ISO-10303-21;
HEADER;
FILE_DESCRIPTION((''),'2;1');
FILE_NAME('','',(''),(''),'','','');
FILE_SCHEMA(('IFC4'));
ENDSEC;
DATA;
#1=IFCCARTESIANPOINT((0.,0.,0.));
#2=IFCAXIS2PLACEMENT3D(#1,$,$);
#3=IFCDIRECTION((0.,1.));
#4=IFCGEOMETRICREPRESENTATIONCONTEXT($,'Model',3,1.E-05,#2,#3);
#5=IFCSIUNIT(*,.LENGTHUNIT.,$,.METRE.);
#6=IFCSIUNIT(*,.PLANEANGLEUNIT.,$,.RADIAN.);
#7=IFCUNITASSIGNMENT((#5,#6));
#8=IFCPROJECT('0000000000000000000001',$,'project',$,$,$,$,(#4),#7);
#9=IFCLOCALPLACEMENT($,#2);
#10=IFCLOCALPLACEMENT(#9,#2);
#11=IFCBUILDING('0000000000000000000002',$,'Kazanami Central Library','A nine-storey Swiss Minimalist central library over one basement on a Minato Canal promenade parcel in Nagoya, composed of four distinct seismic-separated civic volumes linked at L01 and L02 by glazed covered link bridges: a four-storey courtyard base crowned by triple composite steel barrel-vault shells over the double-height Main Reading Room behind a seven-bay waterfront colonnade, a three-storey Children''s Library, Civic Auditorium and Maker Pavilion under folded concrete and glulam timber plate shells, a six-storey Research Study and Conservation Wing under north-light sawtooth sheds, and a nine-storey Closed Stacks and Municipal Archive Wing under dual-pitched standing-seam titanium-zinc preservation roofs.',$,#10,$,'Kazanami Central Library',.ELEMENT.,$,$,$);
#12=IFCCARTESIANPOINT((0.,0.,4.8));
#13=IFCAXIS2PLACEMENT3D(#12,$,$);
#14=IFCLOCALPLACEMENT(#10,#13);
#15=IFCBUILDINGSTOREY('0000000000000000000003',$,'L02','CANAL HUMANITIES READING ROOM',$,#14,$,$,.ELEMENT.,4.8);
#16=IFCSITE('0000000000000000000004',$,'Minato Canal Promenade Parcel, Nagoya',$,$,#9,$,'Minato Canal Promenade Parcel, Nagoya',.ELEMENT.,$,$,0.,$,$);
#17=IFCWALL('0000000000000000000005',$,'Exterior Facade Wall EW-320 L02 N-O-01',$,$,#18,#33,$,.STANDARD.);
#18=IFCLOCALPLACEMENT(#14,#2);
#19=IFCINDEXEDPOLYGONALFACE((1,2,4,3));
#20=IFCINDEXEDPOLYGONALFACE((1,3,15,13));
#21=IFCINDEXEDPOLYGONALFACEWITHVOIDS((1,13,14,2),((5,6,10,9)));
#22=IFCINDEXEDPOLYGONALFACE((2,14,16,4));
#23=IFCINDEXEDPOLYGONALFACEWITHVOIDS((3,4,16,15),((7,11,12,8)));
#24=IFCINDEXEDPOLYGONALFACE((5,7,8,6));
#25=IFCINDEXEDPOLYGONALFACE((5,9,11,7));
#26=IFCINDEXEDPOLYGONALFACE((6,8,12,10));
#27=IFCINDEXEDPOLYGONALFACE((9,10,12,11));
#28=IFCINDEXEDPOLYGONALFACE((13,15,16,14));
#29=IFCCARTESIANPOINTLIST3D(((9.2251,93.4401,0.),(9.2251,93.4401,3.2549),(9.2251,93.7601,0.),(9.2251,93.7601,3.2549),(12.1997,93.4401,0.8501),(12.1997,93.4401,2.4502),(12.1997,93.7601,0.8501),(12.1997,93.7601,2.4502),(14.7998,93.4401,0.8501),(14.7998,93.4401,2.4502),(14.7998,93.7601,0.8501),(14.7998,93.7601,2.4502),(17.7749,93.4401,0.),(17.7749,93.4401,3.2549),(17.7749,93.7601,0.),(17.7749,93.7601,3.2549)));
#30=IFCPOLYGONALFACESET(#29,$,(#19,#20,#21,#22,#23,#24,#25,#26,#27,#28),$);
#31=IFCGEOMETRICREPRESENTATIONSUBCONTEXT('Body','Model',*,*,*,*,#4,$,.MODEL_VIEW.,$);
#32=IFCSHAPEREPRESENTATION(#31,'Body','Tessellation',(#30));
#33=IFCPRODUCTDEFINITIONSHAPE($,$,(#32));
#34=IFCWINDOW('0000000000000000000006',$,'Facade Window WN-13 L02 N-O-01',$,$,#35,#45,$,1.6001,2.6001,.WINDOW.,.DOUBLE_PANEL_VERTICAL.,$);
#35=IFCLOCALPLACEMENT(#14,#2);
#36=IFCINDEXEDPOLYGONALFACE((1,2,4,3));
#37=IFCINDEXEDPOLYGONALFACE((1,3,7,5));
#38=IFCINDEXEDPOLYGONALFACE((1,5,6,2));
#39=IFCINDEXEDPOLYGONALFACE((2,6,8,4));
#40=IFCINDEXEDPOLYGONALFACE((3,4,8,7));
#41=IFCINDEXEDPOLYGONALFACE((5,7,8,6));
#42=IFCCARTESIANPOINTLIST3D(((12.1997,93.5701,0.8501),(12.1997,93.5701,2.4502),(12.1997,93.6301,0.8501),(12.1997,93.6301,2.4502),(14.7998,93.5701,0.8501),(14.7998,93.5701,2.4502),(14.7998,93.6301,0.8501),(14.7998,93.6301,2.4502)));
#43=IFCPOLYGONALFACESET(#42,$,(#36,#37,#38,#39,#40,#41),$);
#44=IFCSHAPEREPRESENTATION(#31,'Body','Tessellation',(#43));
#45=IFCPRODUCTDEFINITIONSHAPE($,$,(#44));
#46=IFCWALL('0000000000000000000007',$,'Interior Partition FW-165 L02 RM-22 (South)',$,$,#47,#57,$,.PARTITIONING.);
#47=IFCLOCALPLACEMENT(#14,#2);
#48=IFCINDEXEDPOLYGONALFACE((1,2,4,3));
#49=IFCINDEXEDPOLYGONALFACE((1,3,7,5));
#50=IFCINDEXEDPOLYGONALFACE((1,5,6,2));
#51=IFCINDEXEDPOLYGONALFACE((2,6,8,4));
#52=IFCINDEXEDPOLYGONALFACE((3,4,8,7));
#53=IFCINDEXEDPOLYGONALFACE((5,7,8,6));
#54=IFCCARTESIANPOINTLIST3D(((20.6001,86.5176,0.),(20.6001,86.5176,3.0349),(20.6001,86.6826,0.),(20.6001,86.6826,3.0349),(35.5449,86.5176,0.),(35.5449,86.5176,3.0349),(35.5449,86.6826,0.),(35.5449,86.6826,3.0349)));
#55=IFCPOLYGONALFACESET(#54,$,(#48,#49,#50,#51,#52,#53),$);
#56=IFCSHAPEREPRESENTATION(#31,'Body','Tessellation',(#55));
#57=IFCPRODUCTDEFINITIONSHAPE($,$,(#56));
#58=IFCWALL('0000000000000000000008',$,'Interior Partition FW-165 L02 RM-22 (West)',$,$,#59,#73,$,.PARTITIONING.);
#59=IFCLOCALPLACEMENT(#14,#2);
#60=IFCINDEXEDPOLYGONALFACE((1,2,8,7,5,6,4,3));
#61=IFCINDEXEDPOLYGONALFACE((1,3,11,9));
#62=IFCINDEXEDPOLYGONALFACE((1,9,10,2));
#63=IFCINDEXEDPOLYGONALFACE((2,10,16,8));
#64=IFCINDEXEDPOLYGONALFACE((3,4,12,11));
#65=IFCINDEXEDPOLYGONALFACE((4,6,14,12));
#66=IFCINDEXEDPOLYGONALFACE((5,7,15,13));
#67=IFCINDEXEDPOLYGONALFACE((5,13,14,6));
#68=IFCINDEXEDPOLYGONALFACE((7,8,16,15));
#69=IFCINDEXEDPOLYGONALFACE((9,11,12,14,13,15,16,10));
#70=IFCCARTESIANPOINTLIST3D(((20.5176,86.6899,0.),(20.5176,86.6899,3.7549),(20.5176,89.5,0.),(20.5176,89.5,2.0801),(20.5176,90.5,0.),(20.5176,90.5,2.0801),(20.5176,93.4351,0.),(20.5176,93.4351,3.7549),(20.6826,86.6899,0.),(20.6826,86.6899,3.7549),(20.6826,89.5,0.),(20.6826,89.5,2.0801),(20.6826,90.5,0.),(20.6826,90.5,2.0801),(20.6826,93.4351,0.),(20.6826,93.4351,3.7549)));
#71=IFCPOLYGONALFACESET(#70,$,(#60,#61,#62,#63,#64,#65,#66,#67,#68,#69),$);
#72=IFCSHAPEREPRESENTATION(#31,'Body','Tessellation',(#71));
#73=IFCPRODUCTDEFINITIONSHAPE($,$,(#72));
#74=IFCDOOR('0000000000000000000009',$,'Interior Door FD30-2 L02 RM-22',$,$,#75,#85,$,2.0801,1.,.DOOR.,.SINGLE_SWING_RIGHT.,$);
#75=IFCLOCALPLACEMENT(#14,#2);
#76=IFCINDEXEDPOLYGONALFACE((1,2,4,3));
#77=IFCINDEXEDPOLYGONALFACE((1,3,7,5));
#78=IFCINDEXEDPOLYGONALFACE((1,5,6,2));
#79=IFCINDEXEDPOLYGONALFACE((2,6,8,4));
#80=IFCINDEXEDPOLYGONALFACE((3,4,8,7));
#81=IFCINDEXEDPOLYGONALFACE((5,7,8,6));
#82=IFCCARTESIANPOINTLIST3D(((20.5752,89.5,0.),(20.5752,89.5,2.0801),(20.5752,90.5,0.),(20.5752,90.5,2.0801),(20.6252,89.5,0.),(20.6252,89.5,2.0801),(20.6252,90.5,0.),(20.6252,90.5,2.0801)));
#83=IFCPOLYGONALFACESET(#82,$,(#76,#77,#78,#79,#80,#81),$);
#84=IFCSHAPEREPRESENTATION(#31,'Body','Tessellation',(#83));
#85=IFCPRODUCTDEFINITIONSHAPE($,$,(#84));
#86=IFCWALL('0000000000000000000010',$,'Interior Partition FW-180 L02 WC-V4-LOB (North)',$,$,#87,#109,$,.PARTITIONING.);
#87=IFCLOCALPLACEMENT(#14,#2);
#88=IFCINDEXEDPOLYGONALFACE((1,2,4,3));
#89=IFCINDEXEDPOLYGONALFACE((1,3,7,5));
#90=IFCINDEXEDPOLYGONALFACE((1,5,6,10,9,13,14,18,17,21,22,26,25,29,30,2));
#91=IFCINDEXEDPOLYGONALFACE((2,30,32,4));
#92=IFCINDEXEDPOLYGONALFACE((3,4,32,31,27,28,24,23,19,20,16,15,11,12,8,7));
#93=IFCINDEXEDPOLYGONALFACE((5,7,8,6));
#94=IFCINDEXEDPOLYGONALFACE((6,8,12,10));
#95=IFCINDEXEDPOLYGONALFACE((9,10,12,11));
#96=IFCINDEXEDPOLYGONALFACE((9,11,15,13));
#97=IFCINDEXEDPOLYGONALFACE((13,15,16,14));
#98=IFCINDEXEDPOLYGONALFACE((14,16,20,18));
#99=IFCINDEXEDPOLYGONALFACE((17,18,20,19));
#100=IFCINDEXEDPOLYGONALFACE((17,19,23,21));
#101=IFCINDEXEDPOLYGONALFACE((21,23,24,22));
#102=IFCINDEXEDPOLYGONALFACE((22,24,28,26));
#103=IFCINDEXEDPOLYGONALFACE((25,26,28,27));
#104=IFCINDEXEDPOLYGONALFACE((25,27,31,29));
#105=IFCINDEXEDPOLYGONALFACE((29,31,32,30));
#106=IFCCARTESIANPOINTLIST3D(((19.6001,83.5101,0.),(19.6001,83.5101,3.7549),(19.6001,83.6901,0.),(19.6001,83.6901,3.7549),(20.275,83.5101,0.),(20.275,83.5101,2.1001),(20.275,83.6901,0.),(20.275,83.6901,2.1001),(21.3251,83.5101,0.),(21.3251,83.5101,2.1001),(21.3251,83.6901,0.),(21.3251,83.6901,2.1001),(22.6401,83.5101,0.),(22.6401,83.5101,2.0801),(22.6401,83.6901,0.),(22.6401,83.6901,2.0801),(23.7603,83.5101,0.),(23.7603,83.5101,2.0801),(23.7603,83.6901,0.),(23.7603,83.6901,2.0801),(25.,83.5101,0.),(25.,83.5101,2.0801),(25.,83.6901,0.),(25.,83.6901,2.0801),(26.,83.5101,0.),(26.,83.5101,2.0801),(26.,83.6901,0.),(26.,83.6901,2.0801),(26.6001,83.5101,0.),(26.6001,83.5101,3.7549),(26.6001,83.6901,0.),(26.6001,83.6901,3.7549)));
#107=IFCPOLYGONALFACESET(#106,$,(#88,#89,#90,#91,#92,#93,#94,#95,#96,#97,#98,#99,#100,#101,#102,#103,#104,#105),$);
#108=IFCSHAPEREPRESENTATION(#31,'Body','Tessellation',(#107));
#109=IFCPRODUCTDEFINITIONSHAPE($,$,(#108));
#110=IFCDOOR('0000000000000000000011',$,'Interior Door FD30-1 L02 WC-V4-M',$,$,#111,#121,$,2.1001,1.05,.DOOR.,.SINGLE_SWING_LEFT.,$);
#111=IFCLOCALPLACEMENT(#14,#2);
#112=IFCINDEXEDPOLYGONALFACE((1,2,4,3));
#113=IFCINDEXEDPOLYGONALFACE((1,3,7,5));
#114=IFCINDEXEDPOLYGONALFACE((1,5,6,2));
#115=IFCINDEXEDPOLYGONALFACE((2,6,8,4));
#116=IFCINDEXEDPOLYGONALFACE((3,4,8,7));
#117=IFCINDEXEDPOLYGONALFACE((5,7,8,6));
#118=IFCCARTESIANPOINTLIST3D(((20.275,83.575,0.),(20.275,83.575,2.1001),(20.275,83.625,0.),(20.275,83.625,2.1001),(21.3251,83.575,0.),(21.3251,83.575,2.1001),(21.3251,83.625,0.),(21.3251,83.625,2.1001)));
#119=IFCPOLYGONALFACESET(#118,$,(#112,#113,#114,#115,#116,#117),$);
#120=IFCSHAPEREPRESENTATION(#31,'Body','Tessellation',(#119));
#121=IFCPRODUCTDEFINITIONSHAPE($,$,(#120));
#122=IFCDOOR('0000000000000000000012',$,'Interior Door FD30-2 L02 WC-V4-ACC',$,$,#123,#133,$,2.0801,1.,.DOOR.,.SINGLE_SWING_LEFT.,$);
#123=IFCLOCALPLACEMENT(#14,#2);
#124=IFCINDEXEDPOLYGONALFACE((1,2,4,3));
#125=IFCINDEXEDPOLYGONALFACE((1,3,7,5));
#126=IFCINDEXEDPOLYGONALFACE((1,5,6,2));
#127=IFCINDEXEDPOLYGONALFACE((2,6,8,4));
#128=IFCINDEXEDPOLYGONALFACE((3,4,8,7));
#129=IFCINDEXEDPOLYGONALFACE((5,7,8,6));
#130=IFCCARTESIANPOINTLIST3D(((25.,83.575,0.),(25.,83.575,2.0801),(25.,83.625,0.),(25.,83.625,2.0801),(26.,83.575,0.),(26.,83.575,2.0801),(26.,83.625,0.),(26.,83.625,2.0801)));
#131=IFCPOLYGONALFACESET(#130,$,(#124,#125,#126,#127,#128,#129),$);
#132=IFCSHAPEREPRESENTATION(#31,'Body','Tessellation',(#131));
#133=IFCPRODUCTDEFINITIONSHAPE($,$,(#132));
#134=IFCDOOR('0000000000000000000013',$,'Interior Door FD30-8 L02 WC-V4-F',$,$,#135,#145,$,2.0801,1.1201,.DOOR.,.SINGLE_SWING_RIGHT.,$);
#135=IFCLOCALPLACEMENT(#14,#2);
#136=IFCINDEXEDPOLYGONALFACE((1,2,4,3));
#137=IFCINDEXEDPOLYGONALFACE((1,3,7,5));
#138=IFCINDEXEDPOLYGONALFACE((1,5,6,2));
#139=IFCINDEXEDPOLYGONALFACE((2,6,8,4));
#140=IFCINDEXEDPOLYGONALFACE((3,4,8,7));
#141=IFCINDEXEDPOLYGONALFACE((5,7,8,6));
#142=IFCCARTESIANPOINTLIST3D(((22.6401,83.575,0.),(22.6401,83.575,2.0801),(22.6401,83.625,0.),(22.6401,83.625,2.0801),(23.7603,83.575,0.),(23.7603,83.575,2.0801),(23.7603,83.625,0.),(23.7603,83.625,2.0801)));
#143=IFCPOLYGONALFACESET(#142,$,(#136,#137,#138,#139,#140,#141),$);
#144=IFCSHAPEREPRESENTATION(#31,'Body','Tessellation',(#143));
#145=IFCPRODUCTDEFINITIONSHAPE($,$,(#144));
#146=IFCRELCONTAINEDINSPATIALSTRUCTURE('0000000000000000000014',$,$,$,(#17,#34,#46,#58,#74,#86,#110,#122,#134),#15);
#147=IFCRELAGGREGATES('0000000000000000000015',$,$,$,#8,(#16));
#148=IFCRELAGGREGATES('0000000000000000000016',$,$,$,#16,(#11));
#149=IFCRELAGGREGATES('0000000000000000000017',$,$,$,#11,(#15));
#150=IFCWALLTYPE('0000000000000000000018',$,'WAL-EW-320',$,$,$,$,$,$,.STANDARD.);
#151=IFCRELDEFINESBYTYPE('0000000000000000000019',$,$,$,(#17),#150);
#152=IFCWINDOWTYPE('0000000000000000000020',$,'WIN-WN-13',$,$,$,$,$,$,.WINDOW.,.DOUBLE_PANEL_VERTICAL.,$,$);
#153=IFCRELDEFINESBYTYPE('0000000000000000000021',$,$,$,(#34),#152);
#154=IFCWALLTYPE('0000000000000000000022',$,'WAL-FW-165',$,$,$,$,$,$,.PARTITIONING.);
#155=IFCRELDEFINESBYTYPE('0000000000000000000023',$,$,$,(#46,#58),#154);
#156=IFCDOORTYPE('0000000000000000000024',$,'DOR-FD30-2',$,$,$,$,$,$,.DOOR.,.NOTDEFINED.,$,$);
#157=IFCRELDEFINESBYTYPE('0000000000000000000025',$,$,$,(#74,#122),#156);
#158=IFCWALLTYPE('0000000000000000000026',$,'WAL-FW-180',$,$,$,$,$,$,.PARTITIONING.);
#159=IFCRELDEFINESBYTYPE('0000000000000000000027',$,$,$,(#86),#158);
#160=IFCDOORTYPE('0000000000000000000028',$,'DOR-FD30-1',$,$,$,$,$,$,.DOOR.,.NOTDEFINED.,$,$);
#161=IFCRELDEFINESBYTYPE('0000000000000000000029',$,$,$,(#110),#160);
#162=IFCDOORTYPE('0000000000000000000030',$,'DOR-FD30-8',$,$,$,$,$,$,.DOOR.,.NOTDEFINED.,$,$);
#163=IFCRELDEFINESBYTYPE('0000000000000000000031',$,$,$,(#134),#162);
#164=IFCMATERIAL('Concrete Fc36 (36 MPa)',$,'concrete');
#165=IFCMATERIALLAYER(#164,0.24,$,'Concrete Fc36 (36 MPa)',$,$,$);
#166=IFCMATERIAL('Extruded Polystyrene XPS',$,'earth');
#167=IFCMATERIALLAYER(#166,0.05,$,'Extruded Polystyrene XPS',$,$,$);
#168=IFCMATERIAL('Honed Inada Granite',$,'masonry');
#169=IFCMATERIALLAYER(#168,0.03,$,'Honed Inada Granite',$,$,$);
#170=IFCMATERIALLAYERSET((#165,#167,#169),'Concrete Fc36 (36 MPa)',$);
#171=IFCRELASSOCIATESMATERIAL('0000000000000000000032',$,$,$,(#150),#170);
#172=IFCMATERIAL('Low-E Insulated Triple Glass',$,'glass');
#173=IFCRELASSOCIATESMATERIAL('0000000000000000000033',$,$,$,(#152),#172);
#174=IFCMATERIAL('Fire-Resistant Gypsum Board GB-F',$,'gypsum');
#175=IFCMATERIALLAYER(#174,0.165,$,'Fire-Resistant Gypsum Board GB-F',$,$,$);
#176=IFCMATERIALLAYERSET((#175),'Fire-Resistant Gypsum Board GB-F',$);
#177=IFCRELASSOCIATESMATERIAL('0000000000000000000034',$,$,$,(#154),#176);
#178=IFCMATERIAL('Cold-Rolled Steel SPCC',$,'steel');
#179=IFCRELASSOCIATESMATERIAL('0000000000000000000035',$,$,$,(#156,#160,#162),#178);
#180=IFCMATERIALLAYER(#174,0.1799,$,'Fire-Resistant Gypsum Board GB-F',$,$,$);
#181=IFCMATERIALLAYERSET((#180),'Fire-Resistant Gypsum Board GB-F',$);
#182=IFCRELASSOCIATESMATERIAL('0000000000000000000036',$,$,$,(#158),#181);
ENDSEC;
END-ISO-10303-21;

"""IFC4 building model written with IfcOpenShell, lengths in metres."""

from ifc_helpers import new_model, si_unit, direction, frame, frame_2d, origin, place, context, subcontext, project, spatial, rectangle, extrude, material, layer, layer_set, type_object, element, fill, save


model = new_model("IFC4")

# Units and contexts
model_context = context("Model", 3, precision=1e-05, world=origin(), true_north=direction((0.0, 1.0)))
body_context = subcontext(model_context, "Body", "Model", "MODEL_VIEW")
ifc_project = project(units=[si_unit("LENGTHUNIT", "METRE"), si_unit("PLANEANGLEUNIT", "RADIAN")], contexts=[model_context])

# Site, building, storey
site_placement = place(None, origin())
site = spatial("IfcSite", under=ifc_project, at=site_placement, Name="Minato Canal Promenade Parcel, Nagoya", LongName="Minato Canal Promenade Parcel, Nagoya", CompositionType="ELEMENT", RefElevation=0.0)
building_placement = place(site_placement, origin())
building = spatial("IfcBuilding", under=site, at=building_placement, Name="Kazanami Central Library", Description="A nine-storey Swiss Minimalist central library over one basement on a Minato Canal promenade parcel in Nagoya, composed of four distinct seismic-separated civic volumes linked at L01 and L02 by glazed covered link bridges: a four-storey courtyard base crowned by triple composite steel barrel-vault shells over the double-height Main Reading Room behind a seven-bay waterfront colonnade, a three-storey Children's Library, Civic Auditorium and Maker Pavilion under folded concrete and glulam timber plate shells, a six-storey Research Study and Conservation Wing under north-light sawtooth sheds, and a nine-storey Closed Stacks and Municipal Archive Wing under dual-pitched standing-seam titanium-zinc preservation roofs.", LongName="Kazanami Central Library", CompositionType="ELEMENT")
storey_placement = place(building_placement, frame((0.0, 0.0, 4.8)))
storey = spatial("IfcBuildingStorey", under=building, at=storey_placement, Name="L02", Description="CANAL HUMANITIES READING ROOM", CompositionType="ELEMENT", Elevation=4.8)

# Wall, opening, window
ifc_material_1 = material(Name="Concrete Fc36 (36 MPa)", Category="concrete")
ifc_layer_1 = layer(ifc_material_1, 0.24, Name="Concrete Fc36 (36 MPa)")
ifc_material_2 = material(Name="Extruded Polystyrene XPS", Category="earth")
ifc_layer_2 = layer(ifc_material_2, 0.05, Name="Extruded Polystyrene XPS")
ifc_material_3 = material(Name="Honed Inada Granite", Category="masonry")
ifc_layer_3 = layer(ifc_material_3, 0.03, Name="Honed Inada Granite")
ifc_layer_set_1 = layer_set([ifc_layer_1, ifc_layer_2, ifc_layer_3], Name="Concrete Fc36 (36 MPa)")
wall_type_1 = type_object("IfcWallType", Name="WAL-EW-320", PredefinedType="STANDARD", material=ifc_layer_set_1)
wall_1_placement = place(storey_placement, frame((17.7749, 93.6001, 0.0), z_axis=(0.0, 0.0, 1.0), x_axis=(-1.0, 0.0, 0.0)))
wall_1 = element("IfcWall", 1, at=wall_1_placement, inside=storey, type_object=wall_type_1, Name="Exterior Facade Wall EW-320 L02 N-O-01", PredefinedType="STANDARD", context=body_context, shape_type="SweptSolid", body=[
    extrude(rectangle(XDim=8.5498, YDim=0.3201, at=frame_2d((4.2749, 0.0))), origin(), (0.0, 0.0, 1.0), 3.2549),
])
opening_1_placement = place(wall_1_placement, frame((2.9751, 0.0, 0.8501)))
opening_1 = element("IfcOpeningElement", 2, at=opening_1_placement, cuts=wall_1, PredefinedType="OPENING", context=body_context, shape_type="SweptSolid", body=[
    extrude(rectangle(XDim=2.6001, YDim=1.6001, at=frame_2d((1.3, 0.8))), frame((0.0, 0.1719, 0.0), z_axis=(0.0, -1.0, 0.0), x_axis=(1.0, 0.0, 0.0)), (0.0, 0.0, 1.0), 0.344),
])
ifc_material_4 = material(Name="Low-E Insulated Triple Glass", Category="glass")
window_type = type_object("IfcWindowType", Name="WIN-WN-13", PartitioningType="DOUBLE_PANEL_VERTICAL", PredefinedType="WINDOW", material=ifc_material_4)
window_placement = place(opening_1_placement, origin())
window = element("IfcWindow", 3, at=window_placement, inside=storey, type_object=window_type, Name="Facade Window WN-13 L02 N-O-01", OverallHeight=1.6001, OverallWidth=2.6001, PartitioningType="DOUBLE_PANEL_VERTICAL", PredefinedType="WINDOW", context=body_context, shape_type="SweptSolid", body=[
    extrude(rectangle(XDim=2.6001, YDim=1.6001, at=frame_2d((1.3, 0.8))), frame((0.0, 0.03, 0.0), z_axis=(0.0, -1.0, 0.0), x_axis=(1.0, 0.0, 0.0)), (0.0, 0.0, 1.0), 0.0601),
])
fill(opening_1, window)

# Wall
ifc_material_5 = material(Name="Fire-Resistant Gypsum Board GB-F", Category="gypsum")
ifc_layer_4 = layer(ifc_material_5, 0.165, Name="Fire-Resistant Gypsum Board GB-F")
ifc_layer_set_2 = layer_set([ifc_layer_4], Name="Fire-Resistant Gypsum Board GB-F")
wall_type_2 = type_object("IfcWallType", Name="WAL-FW-165", PredefinedType="PARTITIONING", material=ifc_layer_set_2)
wall_2_placement = place(storey_placement, frame((20.6001, 86.6001, 0.0), z_axis=(0.0, 0.0, 1.0), x_axis=(1.0, 0.0, 0.0)))
element("IfcWall", 4, at=wall_2_placement, inside=storey, type_object=wall_type_2, Name="Interior Partition FW-165 L02 RM-22 (South)", PredefinedType="PARTITIONING", context=body_context, shape_type="SweptSolid", body=[
    extrude(rectangle(XDim=14.9448, YDim=0.165, at=frame_2d((7.4724, 0.0))), origin(), (0.0, 0.0, 1.0), 3.0349),
])

# Wall, opening, door
wall_3_placement = place(storey_placement, frame((20.6001, 86.6899, 0.0), z_axis=(0.0, 0.0, 1.0), x_axis=(0.0, 1.0, 0.0)))
wall_3 = element("IfcWall", 5, at=wall_3_placement, inside=storey, type_object=wall_type_2, Name="Interior Partition FW-165 L02 RM-22 (West)", PredefinedType="PARTITIONING", context=body_context, shape_type="SweptSolid", body=[
    extrude(rectangle(XDim=6.7451, YDim=0.165, at=frame_2d((3.3726, 0.0))), origin(), (0.0, 0.0, 1.0), 3.7549),
])
opening_2_placement = place(wall_3_placement, frame((2.8101, 0.0, 0.0)))
opening_2 = element("IfcOpeningElement", 6, at=opening_2_placement, cuts=wall_3, PredefinedType="OPENING", context=body_context, shape_type="SweptSolid", body=[
    extrude(rectangle(XDim=1.0, YDim=2.0801, at=frame_2d((0.5, 1.04))), frame((0.0, 0.0945, 0.0), z_axis=(0.0, -1.0, 0.0), x_axis=(1.0, 0.0, 0.0)), (0.0, 0.0, 1.0), 0.189),
])
ifc_material_6 = material(Name="Cold-Rolled Steel SPCC", Category="steel")
door_type_1 = type_object("IfcDoorType", Name="DOR-FD30-2", OperationType="NOTDEFINED", PredefinedType="DOOR", material=ifc_material_6)
door_1_placement = place(opening_2_placement, origin())
door_1 = element("IfcDoor", 7, at=door_1_placement, inside=storey, type_object=door_type_1, Name="Interior Door FD30-2 L02 RM-22", OperationType="SINGLE_SWING_RIGHT", OverallHeight=2.0801, OverallWidth=1.0, PredefinedType="DOOR", context=body_context, shape_type="SweptSolid", body=[
    extrude(rectangle(XDim=1.0, YDim=2.0801, at=frame_2d((0.5, 1.04))), frame((0.0, 0.0249, 0.0), z_axis=(0.0, -1.0, 0.0), x_axis=(1.0, 0.0, 0.0)), (0.0, 0.0, 1.0), 0.05),
])
fill(opening_2, door_1)

# Wall, openings, doors
ifc_layer_5 = layer(ifc_material_5, 0.1799, Name="Fire-Resistant Gypsum Board GB-F")
ifc_layer_set_3 = layer_set([ifc_layer_5], Name="Fire-Resistant Gypsum Board GB-F")
wall_type_3 = type_object("IfcWallType", Name="WAL-FW-180", PredefinedType="PARTITIONING", material=ifc_layer_set_3)
wall_4_placement = place(storey_placement, frame((19.6001, 83.6001, 0.0), z_axis=(0.0, 0.0, 1.0), x_axis=(1.0, 0.0, 0.0)))
wall_4 = element("IfcWall", 8, at=wall_4_placement, inside=storey, type_object=wall_type_3, Name="Interior Partition FW-180 L02 WC-V4-LOB (North)", PredefinedType="PARTITIONING", context=body_context, shape_type="SweptSolid", body=[
    extrude(rectangle(XDim=7.0, YDim=0.1799, at=frame_2d((3.5, 0.0))), origin(), (0.0, 0.0, 1.0), 3.7549),
])
opening_3_placement = place(wall_4_placement, frame((0.675, 0.0, 0.0)))
opening_3 = element("IfcOpeningElement", 9, at=opening_3_placement, cuts=wall_4, PredefinedType="OPENING", context=body_context, shape_type="SweptSolid", body=[
    extrude(rectangle(XDim=1.05, YDim=2.1001, at=frame_2d((0.5249, 1.05))), frame((0.0, 0.1021, 0.0), z_axis=(0.0, -1.0, 0.0), x_axis=(1.0, 0.0, 0.0)), (0.0, 0.0, 1.0), 0.2039),
])
opening_4_placement = place(wall_4_placement, frame((3.04, 0.0, 0.0)))
opening_4 = element("IfcOpeningElement", 10, at=opening_4_placement, cuts=wall_4, PredefinedType="OPENING", context=body_context, shape_type="SweptSolid", body=[
    extrude(rectangle(XDim=1.1201, YDim=2.0801, at=frame_2d((0.5601, 1.04))), frame((0.0, 0.1021, 0.0), z_axis=(0.0, -1.0, 0.0), x_axis=(1.0, 0.0, 0.0)), (0.0, 0.0, 1.0), 0.2039),
])
opening_5_placement = place(wall_4_placement, frame((5.3999, 0.0, 0.0)))
opening_5 = element("IfcOpeningElement", 11, at=opening_5_placement, cuts=wall_4, PredefinedType="OPENING", context=body_context, shape_type="SweptSolid", body=[
    extrude(rectangle(XDim=1.0, YDim=2.0801, at=frame_2d((0.5, 1.04))), frame((0.0, 0.1021, 0.0), z_axis=(0.0, -1.0, 0.0), x_axis=(1.0, 0.0, 0.0)), (0.0, 0.0, 1.0), 0.2039),
])
door_type_2 = type_object("IfcDoorType", Name="DOR-FD30-1", OperationType="NOTDEFINED", PredefinedType="DOOR", material=ifc_material_6)
door_2_placement = place(opening_3_placement, origin())
door_2 = element("IfcDoor", 12, at=door_2_placement, inside=storey, type_object=door_type_2, Name="Interior Door FD30-1 L02 WC-V4-M", OperationType="SINGLE_SWING_LEFT", OverallHeight=2.1001, OverallWidth=1.05, PredefinedType="DOOR", context=body_context, shape_type="SweptSolid", body=[
    extrude(rectangle(XDim=1.05, YDim=2.1001, at=frame_2d((0.5249, 1.05))), frame((0.0, 0.0249, 0.0), z_axis=(0.0, -1.0, 0.0), x_axis=(1.0, 0.0, 0.0)), (0.0, 0.0, 1.0), 0.05),
])
fill(opening_3, door_2)
door_3_placement = place(opening_5_placement, origin())
door_3 = element("IfcDoor", 13, at=door_3_placement, inside=storey, type_object=door_type_1, Name="Interior Door FD30-2 L02 WC-V4-ACC", OperationType="SINGLE_SWING_LEFT", OverallHeight=2.0801, OverallWidth=1.0, PredefinedType="DOOR", context=body_context, shape_type="SweptSolid", body=[
    extrude(rectangle(XDim=1.0, YDim=2.0801, at=frame_2d((0.5, 1.04))), frame((0.0, 0.0249, 0.0), z_axis=(0.0, -1.0, 0.0), x_axis=(1.0, 0.0, 0.0)), (0.0, 0.0, 1.0), 0.05),
])
fill(opening_5, door_3)
door_type_3 = type_object("IfcDoorType", Name="DOR-FD30-8", OperationType="NOTDEFINED", PredefinedType="DOOR", material=ifc_material_6)
door_4_placement = place(opening_4_placement, origin())
door_4 = element("IfcDoor", 14, at=door_4_placement, inside=storey, type_object=door_type_3, Name="Interior Door FD30-8 L02 WC-V4-F", OperationType="SINGLE_SWING_RIGHT", OverallHeight=2.0801, OverallWidth=1.1201, PredefinedType="DOOR", context=body_context, shape_type="SweptSolid", body=[
    extrude(rectangle(XDim=1.1201, YDim=2.0801, at=frame_2d((0.5601, 1.04))), frame((0.0, 0.0249, 0.0), z_axis=(0.0, -1.0, 0.0), x_axis=(1.0, 0.0, 0.0)), (0.0, 0.0, 1.0), 0.05),
])
fill(opening_4, door_4)

save(model, "model.ifc")
